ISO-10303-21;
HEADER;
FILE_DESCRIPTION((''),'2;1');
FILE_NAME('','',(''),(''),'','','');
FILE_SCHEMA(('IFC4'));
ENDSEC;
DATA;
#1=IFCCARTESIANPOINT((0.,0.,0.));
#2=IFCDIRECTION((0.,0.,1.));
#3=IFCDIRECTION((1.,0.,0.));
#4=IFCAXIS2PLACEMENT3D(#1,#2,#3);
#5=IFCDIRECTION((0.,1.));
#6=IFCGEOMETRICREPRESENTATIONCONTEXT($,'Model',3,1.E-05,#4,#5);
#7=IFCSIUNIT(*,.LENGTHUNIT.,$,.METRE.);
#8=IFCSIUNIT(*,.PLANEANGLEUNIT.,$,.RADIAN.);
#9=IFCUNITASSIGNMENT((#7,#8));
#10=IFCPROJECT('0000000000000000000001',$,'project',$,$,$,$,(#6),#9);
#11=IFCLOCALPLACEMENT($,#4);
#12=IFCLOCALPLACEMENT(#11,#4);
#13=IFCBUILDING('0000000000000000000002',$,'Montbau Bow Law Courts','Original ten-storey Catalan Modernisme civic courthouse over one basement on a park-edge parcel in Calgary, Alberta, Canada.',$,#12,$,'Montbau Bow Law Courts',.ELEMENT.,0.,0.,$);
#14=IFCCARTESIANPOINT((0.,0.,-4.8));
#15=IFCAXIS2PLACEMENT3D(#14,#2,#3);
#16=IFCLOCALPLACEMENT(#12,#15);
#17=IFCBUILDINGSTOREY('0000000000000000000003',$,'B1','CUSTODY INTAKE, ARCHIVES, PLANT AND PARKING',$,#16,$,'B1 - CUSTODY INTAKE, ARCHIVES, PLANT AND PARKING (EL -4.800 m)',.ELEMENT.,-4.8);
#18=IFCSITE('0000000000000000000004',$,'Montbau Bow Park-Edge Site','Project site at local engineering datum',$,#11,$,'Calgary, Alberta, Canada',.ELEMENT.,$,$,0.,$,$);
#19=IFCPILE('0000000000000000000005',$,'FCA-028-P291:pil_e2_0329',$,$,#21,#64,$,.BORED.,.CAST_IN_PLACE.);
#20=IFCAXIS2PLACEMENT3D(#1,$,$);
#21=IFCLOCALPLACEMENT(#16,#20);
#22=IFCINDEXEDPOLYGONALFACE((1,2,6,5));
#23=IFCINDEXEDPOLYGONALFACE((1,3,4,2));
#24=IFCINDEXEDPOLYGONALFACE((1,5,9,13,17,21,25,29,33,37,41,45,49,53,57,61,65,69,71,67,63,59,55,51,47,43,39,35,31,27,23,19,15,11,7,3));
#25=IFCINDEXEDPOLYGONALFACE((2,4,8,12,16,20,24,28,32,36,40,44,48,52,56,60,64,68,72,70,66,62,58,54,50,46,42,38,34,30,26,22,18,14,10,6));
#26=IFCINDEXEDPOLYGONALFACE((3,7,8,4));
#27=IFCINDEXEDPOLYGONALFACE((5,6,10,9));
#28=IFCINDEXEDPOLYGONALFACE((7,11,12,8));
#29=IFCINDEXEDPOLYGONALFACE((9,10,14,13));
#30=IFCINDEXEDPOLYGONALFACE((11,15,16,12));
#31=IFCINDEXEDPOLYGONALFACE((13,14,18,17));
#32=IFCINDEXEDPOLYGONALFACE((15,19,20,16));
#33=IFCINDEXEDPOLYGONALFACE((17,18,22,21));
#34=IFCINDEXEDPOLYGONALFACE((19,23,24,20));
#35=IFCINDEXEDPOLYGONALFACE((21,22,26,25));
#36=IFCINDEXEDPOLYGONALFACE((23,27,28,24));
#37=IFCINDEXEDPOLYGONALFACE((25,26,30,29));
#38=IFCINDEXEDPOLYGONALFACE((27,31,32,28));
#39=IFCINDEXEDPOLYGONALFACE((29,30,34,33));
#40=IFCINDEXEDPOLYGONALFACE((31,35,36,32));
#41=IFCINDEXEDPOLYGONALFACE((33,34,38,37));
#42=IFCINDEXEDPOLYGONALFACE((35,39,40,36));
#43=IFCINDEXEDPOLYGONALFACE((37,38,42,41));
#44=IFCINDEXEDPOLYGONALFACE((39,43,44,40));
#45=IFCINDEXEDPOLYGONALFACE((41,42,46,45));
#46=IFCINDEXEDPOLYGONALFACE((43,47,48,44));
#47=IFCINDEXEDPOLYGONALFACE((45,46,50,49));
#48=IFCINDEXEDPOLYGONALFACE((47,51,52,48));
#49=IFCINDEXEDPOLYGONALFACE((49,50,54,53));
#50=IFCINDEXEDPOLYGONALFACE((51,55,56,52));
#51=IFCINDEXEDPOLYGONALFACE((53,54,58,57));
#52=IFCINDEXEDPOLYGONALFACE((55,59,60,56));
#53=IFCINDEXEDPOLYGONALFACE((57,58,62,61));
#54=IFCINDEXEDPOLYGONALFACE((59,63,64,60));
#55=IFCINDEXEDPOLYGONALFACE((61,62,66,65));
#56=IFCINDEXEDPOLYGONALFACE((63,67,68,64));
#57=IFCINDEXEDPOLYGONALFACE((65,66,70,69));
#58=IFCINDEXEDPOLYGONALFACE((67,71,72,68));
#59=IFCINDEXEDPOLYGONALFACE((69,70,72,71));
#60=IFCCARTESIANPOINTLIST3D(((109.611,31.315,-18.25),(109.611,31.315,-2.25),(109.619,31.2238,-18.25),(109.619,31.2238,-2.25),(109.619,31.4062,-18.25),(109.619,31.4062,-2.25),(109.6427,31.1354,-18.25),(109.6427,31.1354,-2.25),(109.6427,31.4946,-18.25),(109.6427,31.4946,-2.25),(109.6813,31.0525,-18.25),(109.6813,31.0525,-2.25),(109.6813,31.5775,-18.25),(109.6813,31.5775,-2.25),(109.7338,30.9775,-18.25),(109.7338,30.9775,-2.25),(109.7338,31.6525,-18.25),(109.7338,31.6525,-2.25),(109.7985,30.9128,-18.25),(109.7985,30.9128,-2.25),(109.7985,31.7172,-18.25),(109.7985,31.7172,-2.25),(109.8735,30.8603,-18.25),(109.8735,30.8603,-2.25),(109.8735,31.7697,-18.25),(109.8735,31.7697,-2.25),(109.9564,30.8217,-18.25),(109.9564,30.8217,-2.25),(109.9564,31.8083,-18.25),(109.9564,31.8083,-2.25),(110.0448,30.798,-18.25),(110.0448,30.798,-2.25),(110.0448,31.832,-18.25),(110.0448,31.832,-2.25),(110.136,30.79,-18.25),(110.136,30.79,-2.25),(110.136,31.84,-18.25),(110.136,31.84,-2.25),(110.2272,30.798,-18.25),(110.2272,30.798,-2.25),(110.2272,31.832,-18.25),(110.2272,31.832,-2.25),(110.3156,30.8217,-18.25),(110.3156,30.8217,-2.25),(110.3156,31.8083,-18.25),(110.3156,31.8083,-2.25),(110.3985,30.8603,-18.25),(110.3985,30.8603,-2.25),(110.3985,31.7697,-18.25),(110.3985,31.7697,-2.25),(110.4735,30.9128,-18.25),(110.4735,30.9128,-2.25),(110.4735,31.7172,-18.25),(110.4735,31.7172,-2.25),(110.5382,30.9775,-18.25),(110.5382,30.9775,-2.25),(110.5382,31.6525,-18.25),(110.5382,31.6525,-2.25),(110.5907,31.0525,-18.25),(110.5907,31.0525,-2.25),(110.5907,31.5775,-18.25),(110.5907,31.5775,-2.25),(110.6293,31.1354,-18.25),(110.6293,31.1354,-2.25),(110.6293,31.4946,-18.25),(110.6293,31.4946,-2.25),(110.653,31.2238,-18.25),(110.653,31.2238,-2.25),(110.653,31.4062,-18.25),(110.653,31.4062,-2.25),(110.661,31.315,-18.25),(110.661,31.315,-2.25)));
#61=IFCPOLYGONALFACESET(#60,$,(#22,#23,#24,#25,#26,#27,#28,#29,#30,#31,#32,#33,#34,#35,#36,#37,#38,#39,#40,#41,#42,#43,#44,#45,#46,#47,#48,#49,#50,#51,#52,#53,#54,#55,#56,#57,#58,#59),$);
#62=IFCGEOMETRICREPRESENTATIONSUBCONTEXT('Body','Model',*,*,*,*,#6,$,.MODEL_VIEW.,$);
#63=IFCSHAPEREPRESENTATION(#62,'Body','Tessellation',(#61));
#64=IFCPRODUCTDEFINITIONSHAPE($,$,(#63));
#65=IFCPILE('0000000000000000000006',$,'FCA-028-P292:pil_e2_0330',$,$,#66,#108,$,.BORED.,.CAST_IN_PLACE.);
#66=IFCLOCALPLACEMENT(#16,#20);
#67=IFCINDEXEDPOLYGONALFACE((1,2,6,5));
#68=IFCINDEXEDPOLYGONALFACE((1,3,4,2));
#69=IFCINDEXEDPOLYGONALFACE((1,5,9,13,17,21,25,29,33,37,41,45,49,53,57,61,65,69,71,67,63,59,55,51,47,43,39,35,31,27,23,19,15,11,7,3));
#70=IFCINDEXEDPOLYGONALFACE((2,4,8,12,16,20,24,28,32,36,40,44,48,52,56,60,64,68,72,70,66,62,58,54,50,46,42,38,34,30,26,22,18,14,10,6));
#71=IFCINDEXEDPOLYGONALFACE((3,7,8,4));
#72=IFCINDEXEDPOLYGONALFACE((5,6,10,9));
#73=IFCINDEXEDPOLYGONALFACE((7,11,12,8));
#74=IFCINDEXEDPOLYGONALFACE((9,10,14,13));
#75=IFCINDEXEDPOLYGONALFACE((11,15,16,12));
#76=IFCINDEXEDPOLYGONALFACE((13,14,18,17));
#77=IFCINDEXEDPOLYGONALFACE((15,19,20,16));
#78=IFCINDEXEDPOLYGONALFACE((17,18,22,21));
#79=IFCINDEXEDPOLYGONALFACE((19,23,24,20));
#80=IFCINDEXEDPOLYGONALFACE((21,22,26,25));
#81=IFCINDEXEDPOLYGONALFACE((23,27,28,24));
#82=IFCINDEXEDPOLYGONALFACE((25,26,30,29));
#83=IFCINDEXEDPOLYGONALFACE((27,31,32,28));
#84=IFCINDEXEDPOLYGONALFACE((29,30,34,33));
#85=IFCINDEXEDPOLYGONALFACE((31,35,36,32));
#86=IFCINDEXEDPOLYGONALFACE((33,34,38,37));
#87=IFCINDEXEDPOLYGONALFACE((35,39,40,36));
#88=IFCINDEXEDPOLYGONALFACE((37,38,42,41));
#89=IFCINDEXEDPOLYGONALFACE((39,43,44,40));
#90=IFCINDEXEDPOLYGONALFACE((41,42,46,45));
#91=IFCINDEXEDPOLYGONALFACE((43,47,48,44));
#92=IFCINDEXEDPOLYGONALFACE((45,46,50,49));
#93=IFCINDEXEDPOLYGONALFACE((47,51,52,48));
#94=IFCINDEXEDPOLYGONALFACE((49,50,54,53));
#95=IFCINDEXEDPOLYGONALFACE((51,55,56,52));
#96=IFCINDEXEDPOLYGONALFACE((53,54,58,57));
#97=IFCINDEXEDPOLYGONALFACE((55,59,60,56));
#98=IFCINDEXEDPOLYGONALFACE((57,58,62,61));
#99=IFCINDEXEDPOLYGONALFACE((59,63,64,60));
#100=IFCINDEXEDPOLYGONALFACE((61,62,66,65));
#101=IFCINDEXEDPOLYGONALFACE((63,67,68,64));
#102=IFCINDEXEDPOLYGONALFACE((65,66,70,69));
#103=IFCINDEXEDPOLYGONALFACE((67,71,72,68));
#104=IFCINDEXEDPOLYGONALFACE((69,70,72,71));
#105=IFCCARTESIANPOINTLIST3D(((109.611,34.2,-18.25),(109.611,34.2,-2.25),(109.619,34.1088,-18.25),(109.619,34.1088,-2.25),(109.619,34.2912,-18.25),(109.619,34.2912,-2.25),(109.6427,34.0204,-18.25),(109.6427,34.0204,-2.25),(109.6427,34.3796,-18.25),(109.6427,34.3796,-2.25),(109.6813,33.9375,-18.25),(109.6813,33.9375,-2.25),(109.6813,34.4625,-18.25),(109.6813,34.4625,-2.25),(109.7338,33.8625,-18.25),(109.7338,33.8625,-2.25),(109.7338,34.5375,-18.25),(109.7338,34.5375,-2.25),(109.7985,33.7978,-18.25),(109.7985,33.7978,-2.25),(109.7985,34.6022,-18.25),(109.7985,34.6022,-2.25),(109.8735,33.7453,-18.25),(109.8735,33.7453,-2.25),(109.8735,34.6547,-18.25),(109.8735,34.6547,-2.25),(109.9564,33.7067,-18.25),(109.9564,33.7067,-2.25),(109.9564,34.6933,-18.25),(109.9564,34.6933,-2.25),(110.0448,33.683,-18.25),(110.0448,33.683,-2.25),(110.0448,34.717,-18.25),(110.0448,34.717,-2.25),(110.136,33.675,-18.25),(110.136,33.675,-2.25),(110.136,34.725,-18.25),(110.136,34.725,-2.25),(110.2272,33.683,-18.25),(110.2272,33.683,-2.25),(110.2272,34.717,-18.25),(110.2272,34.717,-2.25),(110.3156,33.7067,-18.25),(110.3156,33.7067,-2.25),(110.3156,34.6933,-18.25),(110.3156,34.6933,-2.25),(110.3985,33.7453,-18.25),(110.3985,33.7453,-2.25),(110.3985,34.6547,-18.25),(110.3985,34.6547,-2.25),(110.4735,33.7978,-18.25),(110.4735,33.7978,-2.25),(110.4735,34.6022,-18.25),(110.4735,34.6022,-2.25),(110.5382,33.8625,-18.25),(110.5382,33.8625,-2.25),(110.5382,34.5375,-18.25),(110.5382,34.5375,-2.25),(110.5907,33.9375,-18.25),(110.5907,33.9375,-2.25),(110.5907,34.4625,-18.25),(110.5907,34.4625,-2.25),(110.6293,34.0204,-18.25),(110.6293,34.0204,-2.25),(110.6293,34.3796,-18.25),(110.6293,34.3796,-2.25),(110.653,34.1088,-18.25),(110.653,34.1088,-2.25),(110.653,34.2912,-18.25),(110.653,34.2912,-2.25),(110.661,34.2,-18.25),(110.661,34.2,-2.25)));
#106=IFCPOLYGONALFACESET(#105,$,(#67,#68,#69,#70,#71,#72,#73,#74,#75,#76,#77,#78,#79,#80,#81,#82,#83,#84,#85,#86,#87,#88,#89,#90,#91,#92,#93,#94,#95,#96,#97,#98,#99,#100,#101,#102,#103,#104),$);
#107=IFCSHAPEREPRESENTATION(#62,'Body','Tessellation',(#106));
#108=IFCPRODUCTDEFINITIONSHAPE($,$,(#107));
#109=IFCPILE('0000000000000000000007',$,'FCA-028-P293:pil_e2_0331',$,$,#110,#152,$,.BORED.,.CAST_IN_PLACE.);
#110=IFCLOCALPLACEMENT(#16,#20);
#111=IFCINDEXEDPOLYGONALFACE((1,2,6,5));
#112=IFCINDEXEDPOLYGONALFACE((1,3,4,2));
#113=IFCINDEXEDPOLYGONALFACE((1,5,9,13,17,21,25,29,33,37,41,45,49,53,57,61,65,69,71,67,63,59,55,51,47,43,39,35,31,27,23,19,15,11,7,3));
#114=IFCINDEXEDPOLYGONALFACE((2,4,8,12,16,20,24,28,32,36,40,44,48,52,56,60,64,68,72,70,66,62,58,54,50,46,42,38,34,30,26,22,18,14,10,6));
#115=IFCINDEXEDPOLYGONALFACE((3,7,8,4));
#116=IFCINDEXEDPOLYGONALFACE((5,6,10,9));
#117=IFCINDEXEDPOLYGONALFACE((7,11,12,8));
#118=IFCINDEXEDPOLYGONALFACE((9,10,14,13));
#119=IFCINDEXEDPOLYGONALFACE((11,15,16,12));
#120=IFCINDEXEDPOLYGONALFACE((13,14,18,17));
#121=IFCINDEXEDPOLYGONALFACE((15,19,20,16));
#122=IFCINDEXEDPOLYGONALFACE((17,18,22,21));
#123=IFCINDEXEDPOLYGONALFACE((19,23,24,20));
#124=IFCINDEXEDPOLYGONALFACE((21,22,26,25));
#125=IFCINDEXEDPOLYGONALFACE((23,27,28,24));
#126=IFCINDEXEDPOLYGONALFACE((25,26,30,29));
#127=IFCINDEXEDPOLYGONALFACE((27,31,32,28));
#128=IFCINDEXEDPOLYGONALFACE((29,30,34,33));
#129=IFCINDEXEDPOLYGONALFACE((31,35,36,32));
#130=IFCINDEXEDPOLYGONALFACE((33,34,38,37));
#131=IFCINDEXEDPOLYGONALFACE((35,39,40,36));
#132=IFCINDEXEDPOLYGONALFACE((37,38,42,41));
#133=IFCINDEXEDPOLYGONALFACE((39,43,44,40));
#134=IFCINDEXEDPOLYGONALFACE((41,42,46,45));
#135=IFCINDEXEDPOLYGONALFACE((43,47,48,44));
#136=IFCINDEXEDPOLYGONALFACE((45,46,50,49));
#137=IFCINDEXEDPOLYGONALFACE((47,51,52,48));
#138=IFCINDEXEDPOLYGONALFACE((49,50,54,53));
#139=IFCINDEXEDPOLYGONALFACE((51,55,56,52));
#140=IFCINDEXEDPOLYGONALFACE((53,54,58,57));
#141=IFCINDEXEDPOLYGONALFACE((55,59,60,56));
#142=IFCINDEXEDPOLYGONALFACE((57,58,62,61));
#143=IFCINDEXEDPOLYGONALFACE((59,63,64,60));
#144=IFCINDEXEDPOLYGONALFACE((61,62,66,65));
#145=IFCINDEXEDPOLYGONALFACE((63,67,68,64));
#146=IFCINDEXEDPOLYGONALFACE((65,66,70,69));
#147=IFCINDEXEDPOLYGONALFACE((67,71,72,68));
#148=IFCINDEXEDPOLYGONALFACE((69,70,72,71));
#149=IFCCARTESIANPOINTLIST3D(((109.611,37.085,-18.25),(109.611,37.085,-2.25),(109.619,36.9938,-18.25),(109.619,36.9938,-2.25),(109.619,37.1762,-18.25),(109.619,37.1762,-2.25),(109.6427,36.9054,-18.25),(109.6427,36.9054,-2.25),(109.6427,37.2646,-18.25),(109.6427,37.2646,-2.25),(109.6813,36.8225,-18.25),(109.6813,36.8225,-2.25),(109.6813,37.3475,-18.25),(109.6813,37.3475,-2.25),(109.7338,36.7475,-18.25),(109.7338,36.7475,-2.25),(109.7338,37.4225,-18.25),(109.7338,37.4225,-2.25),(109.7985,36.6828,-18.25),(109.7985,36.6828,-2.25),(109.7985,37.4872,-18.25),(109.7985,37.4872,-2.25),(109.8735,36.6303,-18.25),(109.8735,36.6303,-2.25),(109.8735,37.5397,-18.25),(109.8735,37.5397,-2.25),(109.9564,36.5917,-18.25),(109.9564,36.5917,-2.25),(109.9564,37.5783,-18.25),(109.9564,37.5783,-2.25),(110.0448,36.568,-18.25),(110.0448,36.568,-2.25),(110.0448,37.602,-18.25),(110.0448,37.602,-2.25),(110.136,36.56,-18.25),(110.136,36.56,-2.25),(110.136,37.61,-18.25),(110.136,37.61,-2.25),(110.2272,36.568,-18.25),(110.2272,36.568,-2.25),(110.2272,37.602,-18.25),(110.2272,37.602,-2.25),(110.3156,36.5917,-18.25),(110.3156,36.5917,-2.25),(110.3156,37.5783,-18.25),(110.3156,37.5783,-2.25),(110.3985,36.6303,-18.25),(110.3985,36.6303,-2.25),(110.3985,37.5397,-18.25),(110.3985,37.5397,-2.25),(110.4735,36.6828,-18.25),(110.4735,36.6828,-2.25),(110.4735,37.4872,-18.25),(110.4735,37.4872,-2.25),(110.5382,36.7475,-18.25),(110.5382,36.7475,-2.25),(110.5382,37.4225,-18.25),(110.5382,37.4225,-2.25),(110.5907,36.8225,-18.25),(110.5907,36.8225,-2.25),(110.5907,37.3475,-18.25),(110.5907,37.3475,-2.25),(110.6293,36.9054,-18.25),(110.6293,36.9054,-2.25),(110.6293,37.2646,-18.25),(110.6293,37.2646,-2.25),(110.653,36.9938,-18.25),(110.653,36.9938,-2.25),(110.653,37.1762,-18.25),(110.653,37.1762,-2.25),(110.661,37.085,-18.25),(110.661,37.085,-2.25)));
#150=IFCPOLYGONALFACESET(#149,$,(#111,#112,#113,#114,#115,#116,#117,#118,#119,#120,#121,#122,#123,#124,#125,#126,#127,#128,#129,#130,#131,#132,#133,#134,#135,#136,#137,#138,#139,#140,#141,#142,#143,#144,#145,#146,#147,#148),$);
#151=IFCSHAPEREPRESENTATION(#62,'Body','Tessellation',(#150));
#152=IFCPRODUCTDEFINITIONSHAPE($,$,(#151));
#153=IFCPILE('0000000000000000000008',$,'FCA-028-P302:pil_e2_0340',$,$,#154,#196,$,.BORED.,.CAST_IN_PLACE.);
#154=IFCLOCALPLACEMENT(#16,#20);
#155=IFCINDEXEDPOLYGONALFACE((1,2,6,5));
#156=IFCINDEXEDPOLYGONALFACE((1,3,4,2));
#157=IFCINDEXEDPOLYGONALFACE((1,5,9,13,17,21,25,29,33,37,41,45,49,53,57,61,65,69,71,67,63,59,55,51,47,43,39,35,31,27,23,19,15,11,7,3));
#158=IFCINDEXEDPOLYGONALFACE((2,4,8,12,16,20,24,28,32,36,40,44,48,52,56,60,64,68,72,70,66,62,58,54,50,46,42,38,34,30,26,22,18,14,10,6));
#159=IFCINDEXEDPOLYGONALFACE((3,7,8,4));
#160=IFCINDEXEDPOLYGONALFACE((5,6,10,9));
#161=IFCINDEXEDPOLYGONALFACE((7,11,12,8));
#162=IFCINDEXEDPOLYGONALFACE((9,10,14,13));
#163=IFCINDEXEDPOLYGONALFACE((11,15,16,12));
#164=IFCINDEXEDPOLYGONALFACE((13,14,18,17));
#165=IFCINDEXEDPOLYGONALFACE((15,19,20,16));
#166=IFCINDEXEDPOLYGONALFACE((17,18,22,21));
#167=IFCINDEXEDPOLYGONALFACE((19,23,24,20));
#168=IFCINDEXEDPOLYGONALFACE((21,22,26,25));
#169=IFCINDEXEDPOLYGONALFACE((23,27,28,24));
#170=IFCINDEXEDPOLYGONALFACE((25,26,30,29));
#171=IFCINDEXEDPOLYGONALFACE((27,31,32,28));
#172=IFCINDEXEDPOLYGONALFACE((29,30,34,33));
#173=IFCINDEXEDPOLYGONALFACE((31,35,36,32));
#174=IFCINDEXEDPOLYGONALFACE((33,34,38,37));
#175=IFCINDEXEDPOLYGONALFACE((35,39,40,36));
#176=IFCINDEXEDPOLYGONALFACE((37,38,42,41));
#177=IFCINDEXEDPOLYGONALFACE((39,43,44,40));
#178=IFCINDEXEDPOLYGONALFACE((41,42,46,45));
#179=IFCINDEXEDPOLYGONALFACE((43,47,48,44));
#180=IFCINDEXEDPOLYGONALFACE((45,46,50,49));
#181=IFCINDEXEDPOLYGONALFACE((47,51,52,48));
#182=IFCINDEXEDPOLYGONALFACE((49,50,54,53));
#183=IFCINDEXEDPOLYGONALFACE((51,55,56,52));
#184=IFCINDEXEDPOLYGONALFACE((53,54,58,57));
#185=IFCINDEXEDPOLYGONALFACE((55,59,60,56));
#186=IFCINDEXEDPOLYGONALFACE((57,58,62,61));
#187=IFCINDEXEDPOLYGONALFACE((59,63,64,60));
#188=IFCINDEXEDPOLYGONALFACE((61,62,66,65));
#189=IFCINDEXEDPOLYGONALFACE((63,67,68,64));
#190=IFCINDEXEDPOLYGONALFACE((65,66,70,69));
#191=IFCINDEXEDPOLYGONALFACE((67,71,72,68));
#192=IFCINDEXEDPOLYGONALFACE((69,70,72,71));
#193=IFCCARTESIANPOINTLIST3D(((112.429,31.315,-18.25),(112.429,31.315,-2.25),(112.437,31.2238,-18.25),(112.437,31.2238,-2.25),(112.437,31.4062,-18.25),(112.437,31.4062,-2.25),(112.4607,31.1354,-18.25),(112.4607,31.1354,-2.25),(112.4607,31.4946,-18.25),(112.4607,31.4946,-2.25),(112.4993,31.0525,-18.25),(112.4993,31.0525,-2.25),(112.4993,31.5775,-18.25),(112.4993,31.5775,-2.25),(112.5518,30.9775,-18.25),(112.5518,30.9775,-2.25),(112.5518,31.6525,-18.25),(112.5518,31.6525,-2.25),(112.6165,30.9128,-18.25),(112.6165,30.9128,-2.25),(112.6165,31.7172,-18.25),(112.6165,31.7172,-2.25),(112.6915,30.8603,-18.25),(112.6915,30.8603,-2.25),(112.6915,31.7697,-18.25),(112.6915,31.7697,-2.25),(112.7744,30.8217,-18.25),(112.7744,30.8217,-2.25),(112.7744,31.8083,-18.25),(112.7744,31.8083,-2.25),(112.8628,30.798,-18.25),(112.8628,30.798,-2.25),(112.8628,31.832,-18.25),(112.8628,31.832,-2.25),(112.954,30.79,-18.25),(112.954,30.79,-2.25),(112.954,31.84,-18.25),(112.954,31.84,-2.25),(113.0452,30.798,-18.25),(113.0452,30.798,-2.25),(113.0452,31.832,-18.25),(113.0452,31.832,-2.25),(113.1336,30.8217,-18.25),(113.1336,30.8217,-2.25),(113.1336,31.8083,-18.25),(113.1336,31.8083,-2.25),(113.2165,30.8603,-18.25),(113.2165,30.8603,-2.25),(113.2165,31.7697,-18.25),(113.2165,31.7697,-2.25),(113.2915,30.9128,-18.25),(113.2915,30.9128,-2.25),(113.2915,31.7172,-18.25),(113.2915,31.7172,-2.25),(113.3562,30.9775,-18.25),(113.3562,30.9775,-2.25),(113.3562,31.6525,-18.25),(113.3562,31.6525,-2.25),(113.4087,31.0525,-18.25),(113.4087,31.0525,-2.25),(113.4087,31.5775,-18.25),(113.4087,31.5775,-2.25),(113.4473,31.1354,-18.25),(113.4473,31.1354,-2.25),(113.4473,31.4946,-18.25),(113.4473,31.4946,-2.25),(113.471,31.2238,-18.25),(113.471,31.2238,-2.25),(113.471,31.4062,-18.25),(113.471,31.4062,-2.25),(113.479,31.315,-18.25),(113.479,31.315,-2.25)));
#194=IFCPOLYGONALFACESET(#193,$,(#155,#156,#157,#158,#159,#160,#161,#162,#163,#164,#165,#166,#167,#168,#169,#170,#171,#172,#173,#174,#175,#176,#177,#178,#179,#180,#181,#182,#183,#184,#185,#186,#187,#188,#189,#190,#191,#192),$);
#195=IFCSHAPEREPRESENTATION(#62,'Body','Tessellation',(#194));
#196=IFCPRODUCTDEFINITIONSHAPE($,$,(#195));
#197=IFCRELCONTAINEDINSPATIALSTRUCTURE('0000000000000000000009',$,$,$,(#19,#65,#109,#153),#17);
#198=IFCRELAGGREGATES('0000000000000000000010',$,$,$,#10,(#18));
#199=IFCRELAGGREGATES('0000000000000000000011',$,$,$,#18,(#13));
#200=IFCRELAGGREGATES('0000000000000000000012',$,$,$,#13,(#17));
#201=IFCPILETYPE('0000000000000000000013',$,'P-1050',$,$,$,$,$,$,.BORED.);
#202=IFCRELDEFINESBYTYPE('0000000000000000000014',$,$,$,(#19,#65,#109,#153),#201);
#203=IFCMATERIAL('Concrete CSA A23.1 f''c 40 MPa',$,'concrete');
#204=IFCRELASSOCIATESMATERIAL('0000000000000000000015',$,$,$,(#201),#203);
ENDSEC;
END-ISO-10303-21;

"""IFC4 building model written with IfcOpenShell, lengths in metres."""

from ifc_helpers import new_model, si_unit, direction, frame, origin_with_axes, origin_2d_with_axis, place, context, subcontext, project, spatial, circle, extrude, material, material_profile, profile_set, type_object, element, save


model = new_model("IFC4")

# Units and contexts
model_context = context("Model", 3, precision=1e-05, world=origin_with_axes(), true_north=direction((0.0, 1.0)))
body_context = subcontext(model_context, "Body", "Model", "MODEL_VIEW")
ifc_project = project(units=[si_unit("LENGTHUNIT", "METRE"), si_unit("PLANEANGLEUNIT", "RADIAN")], contexts=[model_context])

# Site, building, storey
site_placement = place(None, origin_with_axes())
site = spatial("IfcSite", under=ifc_project, at=site_placement, Name="Montbau Bow Park-Edge Site", Description="Project site at local engineering datum", LongName="Calgary, Alberta, Canada", CompositionType="ELEMENT", RefElevation=0.0)
building_placement = place(site_placement, origin_with_axes())
building = spatial("IfcBuilding", under=site, at=building_placement, Name="Montbau Bow Law Courts", Description="Original ten-storey Catalan Modernisme civic courthouse over one basement on a park-edge parcel in Calgary, Alberta, Canada.", LongName="Montbau Bow Law Courts", CompositionType="ELEMENT", ElevationOfRefHeight=0.0, ElevationOfTerrain=0.0)
storey_placement = place(building_placement, frame((0.0, 0.0, -4.8), z_axis=(0.0, 0.0, 1.0), x_axis=(1.0, 0.0, 0.0)))
storey = spatial("IfcBuildingStorey", under=building, at=storey_placement, Name="B1", Description="CUSTODY INTAKE, ARCHIVES, PLANT AND PARKING", LongName="B1 - CUSTODY INTAKE, ARCHIVES, PLANT AND PARKING (EL -4.800 m)", CompositionType="ELEMENT", Elevation=-4.8)

# Piles
ifc_material_1 = material(Name="Concrete CSA A23.1 f'c 40 MPa", Category="concrete")
ifc_material_profile_1 = material_profile(ifc_material_1, circle(Radius=0.525, at=origin_2d_with_axis()), Name="BP1050", Category="Main", Priority=0)
ifc_profile_set_1 = profile_set([ifc_material_profile_1], Name="Concrete CSA A23.1 f'c 40 MPa")
pile_type = type_object("IfcPileType", Name="P-1050", PredefinedType="BORED", material=ifc_profile_set_1)
for number, where, z_axis, x_axis, name in (
    (1, (110.136, 31.315, -23.05), (0.0, 0.0, 1.0), (1.0, 0.0, 0.0), "FCA-028-P291:pil_e2_0329"),
    (2, (110.136, 34.2, -23.05), (0.0, 0.0, 1.0), (1.0, 0.0, 0.0), "FCA-028-P292:pil_e2_0330"),
    (3, (110.136, 37.085, -23.05), (0.0, 0.0, 1.0), (1.0, 0.0, 0.0), "FCA-028-P293:pil_e2_0331"),
    (4, (112.954, 31.315, -23.05), (0.0, 0.0, 1.0), (1.0, 0.0, 0.0), "FCA-028-P302:pil_e2_0340"),
):
    element("IfcPile", number, at=place(None, frame(where, z_axis=z_axis, x_axis=x_axis)), inside=storey, type_object=pile_type, Name=name, ConstructionType="CAST_IN_PLACE", PredefinedType="BORED", context=body_context, shape_type="SweptSolid", body=[
        extrude(circle(Radius=0.525, at=origin_2d_with_axis()), origin_with_axes(), (0.0, 0.0, 1.0), 16.0),
    ])

save(model, "model.ifc")
